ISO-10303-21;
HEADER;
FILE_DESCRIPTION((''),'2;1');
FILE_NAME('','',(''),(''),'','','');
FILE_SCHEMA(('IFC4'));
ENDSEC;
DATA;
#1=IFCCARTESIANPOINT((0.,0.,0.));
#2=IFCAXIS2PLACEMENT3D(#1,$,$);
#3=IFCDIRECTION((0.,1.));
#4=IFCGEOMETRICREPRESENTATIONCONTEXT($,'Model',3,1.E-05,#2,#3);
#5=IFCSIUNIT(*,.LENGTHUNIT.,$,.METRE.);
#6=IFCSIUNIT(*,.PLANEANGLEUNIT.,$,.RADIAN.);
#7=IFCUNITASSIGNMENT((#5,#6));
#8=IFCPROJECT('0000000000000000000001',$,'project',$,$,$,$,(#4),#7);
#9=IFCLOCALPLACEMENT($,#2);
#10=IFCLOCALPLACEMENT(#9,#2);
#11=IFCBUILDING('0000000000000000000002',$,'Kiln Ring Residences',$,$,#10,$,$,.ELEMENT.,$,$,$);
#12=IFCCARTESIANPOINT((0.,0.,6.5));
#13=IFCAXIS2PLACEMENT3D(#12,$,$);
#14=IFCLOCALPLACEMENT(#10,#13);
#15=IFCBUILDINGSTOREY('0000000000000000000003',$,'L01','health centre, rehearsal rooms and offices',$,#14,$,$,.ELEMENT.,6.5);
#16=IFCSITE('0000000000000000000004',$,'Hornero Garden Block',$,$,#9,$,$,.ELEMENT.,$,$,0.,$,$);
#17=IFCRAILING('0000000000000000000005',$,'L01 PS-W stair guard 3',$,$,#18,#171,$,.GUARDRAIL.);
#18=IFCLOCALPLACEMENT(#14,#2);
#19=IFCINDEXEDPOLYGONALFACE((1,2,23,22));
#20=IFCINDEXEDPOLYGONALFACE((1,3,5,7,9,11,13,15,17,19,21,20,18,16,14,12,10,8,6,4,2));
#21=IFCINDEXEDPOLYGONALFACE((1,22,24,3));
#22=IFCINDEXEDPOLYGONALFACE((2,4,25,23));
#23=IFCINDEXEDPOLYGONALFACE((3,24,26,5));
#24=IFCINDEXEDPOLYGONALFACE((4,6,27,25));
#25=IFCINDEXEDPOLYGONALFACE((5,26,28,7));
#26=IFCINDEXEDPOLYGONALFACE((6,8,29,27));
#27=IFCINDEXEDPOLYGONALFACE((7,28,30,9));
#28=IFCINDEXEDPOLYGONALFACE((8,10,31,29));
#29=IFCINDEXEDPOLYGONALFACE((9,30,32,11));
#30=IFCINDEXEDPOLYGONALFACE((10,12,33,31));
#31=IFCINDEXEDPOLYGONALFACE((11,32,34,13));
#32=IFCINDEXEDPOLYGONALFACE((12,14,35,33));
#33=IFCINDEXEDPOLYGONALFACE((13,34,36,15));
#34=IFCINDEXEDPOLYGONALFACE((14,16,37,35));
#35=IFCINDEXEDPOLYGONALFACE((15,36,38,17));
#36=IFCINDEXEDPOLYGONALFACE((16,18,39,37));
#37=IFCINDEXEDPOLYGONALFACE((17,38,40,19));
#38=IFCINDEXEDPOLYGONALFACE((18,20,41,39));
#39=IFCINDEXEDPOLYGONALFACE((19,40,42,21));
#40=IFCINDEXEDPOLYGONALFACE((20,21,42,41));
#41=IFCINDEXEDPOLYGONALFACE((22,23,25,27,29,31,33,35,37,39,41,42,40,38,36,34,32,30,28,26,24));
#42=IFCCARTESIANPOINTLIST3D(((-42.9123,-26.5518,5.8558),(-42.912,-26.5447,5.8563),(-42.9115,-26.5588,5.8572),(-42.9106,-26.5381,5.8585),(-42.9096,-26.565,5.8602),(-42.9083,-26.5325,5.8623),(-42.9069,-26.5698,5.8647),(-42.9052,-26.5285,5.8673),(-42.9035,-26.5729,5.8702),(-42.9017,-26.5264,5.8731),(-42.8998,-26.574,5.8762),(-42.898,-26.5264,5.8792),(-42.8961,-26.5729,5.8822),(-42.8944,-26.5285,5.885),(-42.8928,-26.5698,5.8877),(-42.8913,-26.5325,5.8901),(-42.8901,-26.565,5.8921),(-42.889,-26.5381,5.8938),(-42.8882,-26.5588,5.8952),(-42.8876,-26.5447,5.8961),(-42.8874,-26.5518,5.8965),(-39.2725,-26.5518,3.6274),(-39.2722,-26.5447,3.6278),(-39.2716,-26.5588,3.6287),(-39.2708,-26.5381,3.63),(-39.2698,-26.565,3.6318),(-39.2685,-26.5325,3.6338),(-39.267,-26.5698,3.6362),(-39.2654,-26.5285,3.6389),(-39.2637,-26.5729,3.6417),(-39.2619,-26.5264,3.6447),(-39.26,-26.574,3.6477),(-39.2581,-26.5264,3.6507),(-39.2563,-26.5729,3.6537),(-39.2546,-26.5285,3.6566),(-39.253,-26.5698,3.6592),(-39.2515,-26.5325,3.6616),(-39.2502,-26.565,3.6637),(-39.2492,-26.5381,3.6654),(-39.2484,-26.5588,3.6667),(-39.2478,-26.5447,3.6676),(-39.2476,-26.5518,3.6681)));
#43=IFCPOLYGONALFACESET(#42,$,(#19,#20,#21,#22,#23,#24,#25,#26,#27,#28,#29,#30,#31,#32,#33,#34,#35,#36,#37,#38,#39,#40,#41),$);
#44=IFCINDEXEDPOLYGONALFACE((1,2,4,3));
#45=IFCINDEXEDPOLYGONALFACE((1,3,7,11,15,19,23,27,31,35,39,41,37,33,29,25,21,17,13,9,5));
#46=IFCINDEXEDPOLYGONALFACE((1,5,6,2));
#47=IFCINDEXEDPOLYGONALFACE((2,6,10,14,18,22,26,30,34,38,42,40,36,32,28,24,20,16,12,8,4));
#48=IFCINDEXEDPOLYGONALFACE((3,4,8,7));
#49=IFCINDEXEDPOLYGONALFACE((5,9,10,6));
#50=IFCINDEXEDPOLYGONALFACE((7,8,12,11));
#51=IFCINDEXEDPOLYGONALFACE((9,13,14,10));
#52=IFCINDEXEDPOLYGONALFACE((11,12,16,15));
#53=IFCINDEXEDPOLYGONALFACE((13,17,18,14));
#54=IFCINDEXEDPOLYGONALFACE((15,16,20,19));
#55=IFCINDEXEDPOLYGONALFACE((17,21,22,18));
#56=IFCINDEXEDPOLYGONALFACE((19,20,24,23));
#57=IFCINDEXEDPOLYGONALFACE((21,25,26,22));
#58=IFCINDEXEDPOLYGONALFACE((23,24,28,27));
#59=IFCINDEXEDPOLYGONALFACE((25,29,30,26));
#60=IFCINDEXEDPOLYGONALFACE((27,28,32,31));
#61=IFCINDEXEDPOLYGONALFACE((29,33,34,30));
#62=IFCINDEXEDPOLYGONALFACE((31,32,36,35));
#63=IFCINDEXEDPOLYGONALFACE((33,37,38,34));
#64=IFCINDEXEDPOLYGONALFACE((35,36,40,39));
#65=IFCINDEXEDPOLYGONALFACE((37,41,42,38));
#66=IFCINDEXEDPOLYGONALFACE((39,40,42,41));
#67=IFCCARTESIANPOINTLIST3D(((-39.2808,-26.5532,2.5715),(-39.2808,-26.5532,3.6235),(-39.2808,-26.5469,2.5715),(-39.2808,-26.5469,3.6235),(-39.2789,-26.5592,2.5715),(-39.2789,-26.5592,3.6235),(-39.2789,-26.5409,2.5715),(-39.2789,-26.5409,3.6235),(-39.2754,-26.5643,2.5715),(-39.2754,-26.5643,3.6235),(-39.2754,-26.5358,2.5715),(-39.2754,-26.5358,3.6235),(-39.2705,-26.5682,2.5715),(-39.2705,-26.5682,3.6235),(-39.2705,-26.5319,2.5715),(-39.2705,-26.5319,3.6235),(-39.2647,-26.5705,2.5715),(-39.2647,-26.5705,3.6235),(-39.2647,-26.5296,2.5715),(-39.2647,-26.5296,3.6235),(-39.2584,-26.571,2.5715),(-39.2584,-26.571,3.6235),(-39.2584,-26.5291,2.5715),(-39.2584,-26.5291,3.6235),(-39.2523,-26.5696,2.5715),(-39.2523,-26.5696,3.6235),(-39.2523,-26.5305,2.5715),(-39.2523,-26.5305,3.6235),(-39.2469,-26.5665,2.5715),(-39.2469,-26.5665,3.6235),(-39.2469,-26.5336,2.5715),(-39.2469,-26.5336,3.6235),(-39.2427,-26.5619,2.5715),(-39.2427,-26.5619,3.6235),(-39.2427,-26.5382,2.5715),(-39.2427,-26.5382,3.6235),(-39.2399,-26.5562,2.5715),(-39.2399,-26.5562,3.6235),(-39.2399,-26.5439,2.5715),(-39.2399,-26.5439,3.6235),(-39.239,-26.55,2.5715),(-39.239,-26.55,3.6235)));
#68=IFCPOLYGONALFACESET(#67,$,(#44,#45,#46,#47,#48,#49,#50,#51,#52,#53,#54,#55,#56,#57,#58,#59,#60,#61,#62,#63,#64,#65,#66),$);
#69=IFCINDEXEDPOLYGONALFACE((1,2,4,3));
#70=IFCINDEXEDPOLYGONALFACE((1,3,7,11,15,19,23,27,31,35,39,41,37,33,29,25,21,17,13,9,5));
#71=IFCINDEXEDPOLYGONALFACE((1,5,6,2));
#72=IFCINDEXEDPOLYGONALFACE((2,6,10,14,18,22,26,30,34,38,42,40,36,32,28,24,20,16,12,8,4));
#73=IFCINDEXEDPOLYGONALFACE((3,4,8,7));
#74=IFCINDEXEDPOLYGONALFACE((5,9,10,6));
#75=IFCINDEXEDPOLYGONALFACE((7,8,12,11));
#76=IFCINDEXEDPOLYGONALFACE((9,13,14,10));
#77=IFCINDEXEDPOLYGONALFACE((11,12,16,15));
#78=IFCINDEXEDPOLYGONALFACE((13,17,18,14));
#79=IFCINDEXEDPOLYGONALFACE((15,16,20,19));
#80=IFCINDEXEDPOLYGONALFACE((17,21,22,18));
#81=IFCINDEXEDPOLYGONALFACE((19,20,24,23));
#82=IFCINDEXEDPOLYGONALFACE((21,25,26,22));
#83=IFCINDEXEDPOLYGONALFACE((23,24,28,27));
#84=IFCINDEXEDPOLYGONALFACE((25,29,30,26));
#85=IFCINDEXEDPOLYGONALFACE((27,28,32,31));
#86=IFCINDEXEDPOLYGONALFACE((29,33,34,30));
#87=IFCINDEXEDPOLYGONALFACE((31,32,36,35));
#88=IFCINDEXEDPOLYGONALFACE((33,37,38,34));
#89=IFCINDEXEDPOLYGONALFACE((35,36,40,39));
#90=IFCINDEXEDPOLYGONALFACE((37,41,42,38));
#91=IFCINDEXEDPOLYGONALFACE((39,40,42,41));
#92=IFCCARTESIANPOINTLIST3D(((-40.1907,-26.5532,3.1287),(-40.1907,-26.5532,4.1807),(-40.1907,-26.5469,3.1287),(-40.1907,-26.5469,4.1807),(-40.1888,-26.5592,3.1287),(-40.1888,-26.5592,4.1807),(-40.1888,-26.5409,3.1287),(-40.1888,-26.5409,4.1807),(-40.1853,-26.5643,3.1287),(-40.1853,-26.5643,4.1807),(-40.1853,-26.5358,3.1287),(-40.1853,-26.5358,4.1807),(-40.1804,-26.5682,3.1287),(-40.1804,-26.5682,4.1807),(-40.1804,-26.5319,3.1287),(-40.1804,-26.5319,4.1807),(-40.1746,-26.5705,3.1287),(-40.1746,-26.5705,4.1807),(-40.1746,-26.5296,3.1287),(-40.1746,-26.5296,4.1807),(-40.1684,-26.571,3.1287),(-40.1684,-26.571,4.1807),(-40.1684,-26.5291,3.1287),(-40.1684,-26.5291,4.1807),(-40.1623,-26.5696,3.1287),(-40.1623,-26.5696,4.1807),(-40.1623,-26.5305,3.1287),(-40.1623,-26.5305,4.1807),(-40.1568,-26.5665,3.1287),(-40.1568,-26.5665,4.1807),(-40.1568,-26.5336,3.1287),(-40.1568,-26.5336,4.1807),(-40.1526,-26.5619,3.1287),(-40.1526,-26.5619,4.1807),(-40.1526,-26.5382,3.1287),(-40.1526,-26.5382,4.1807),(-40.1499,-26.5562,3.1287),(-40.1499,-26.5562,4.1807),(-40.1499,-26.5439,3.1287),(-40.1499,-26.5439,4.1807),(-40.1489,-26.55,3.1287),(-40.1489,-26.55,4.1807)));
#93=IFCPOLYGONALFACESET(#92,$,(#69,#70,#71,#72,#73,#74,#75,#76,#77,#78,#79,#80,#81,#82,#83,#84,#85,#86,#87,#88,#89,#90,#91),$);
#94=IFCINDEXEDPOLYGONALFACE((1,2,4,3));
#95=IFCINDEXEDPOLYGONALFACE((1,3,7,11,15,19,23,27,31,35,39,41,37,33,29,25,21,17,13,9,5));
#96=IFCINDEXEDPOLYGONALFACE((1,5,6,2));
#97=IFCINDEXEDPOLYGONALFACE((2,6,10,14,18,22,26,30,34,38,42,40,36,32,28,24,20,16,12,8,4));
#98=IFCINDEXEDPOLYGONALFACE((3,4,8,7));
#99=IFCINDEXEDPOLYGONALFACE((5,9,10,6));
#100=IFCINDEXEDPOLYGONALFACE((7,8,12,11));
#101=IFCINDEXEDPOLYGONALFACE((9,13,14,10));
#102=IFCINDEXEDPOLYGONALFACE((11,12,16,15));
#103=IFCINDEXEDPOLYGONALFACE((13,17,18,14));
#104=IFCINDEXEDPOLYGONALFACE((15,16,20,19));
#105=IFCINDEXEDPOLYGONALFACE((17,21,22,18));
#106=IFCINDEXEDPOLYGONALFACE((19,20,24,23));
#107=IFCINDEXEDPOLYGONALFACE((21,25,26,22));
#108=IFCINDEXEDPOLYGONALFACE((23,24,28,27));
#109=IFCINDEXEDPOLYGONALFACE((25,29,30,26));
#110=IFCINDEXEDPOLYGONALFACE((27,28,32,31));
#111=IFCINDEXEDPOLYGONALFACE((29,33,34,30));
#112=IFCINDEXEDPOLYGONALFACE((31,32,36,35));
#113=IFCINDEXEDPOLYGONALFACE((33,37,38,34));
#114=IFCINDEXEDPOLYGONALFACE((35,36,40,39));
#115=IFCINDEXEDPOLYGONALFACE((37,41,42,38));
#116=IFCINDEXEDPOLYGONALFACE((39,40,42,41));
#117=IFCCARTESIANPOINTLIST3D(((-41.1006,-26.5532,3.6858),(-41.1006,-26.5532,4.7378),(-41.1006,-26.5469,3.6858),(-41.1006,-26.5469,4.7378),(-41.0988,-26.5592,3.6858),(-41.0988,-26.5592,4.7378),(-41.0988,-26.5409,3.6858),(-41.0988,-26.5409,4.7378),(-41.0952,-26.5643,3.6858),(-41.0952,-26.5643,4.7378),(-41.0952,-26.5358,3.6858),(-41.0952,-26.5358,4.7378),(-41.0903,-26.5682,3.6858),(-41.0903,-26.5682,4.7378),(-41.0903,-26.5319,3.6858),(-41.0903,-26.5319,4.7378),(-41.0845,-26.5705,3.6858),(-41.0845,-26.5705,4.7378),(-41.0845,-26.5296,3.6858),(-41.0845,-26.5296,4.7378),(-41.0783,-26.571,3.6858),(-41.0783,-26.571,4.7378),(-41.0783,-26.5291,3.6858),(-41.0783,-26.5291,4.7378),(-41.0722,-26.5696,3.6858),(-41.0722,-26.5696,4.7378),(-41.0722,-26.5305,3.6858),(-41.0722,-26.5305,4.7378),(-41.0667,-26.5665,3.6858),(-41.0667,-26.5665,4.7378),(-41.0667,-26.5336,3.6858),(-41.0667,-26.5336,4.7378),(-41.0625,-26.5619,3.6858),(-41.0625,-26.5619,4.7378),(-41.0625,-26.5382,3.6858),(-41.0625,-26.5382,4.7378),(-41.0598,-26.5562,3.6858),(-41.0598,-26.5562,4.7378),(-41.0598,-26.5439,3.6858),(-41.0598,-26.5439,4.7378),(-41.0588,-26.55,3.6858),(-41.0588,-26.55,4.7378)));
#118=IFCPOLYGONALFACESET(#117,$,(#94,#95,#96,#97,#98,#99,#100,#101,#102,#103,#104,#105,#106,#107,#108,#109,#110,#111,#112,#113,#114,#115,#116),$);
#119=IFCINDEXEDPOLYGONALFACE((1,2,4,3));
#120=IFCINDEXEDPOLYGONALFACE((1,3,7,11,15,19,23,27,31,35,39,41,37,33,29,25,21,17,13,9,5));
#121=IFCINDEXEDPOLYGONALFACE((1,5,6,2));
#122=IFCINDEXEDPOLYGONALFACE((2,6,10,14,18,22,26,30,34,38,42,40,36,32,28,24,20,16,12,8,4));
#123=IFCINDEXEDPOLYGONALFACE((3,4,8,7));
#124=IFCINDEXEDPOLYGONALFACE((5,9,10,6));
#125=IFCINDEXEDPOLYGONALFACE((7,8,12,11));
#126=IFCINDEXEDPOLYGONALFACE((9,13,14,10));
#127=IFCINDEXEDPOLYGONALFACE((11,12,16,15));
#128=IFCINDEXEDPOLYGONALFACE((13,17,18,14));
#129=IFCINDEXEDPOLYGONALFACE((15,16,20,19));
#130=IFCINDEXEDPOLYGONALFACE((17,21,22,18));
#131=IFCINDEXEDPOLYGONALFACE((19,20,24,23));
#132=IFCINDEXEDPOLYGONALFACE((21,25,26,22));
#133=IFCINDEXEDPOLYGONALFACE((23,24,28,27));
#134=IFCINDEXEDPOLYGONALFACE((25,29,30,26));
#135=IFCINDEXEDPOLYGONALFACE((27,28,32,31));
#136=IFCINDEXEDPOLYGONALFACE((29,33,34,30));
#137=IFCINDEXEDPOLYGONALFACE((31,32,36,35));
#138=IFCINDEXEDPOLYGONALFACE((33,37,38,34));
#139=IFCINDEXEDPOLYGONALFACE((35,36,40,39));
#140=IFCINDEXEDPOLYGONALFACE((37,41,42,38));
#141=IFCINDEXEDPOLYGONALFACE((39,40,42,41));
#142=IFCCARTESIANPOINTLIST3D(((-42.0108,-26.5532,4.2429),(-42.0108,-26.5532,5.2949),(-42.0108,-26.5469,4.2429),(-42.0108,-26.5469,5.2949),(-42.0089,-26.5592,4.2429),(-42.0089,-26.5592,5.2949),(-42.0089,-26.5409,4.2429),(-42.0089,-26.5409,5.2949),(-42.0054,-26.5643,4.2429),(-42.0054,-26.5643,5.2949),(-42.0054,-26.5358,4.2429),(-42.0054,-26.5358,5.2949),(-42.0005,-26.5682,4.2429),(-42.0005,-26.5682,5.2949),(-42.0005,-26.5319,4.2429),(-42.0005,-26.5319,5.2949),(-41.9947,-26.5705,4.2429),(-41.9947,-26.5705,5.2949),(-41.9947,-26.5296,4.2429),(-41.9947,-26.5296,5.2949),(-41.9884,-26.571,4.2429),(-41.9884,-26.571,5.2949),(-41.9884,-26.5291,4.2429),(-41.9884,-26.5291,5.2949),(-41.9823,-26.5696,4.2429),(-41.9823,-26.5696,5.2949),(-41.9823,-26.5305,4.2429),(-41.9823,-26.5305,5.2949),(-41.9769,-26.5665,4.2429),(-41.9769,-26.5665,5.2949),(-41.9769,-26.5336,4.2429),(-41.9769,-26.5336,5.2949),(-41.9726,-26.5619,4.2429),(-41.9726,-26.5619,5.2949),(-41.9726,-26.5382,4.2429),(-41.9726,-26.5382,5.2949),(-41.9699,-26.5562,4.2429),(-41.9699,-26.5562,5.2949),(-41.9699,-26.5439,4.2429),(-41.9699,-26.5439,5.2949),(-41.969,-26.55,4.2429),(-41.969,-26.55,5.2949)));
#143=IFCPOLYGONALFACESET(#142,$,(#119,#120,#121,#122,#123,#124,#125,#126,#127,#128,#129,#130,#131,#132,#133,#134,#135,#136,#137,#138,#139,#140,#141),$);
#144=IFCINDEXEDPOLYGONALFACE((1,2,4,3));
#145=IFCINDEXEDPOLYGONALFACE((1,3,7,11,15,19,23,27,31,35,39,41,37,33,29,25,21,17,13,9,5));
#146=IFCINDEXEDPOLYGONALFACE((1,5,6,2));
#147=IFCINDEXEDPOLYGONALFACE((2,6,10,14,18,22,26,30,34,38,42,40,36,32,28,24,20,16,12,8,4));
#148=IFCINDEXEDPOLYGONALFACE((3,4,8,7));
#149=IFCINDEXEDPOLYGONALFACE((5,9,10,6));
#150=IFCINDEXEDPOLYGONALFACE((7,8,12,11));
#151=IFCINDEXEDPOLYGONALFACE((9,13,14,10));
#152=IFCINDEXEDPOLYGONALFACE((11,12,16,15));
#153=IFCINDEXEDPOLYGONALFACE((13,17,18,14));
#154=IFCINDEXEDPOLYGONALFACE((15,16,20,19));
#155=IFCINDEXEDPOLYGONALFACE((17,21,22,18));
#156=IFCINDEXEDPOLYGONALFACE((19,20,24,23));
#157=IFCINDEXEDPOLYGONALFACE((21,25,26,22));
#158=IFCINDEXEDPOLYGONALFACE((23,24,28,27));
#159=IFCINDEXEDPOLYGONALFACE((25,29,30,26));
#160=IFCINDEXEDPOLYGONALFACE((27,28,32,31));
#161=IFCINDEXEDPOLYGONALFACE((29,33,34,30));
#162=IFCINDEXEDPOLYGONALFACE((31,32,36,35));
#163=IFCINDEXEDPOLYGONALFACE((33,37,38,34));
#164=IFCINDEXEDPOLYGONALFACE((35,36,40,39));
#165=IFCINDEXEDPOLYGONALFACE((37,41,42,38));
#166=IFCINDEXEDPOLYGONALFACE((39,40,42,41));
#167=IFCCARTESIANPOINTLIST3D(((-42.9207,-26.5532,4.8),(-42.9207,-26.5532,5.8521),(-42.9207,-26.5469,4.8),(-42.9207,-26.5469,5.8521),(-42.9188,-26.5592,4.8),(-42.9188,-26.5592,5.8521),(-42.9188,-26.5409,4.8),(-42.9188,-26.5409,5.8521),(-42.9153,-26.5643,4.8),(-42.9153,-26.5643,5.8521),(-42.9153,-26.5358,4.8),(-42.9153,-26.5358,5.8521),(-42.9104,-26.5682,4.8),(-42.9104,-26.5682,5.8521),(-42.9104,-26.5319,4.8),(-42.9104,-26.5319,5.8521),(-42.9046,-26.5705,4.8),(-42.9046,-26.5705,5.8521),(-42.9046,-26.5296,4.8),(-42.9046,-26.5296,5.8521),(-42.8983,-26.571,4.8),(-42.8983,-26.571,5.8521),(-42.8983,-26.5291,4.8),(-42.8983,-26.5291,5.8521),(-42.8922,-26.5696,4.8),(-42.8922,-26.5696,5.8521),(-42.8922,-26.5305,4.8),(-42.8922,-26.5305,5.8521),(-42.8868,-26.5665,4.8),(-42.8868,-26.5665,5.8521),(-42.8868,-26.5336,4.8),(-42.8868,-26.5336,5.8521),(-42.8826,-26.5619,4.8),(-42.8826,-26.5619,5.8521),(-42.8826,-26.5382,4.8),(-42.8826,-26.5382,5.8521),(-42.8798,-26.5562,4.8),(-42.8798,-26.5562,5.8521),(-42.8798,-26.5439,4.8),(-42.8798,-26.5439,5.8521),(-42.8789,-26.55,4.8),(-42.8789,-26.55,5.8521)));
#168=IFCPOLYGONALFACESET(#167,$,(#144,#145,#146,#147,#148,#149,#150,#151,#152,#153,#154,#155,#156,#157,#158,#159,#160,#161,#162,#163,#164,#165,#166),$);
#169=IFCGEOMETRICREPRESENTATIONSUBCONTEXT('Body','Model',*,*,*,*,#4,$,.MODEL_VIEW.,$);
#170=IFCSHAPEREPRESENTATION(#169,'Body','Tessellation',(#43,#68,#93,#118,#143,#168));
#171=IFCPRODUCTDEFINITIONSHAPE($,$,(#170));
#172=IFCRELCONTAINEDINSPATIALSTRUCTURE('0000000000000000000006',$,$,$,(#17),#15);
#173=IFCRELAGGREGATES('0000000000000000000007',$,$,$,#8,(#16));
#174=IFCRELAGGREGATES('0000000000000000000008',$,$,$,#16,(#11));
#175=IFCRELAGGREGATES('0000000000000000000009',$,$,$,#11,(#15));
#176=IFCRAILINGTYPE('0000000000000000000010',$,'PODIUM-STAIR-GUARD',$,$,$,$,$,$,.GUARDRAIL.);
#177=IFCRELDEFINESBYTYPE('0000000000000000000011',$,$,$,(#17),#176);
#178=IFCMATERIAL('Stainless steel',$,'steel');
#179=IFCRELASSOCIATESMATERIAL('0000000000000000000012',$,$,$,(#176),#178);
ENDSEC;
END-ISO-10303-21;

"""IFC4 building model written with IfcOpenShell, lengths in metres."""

from ifc_helpers import new_model, si_unit, direction, frame, origin, origin_2d, place, context, subcontext, project, spatial, circle, extrude, material, type_object, element, save


model = new_model("IFC4")

# Units and contexts
model_context = context("Model", 3, precision=1e-05, world=origin(), true_north=direction((0.0, 1.0)))
body_context = subcontext(model_context, "Body", "Model", "MODEL_VIEW")
ifc_project = project(units=[si_unit("LENGTHUNIT", "METRE"), si_unit("PLANEANGLEUNIT", "RADIAN")], contexts=[model_context])

# Site, building, storey
site_placement = place(None, origin())
site = spatial("IfcSite", under=ifc_project, at=site_placement, Name="Hornero Garden Block", CompositionType="ELEMENT", RefElevation=0.0)
building_placement = place(site_placement, origin())
building = spatial("IfcBuilding", under=site, at=building_placement, Name="Kiln Ring Residences", CompositionType="ELEMENT")
storey_placement = place(building_placement, frame((0.0, 0.0, 6.5)))
storey = spatial("IfcBuildingStorey", under=building, at=storey_placement, Name="L01", Description="health centre, rehearsal rooms and offices", CompositionType="ELEMENT", Elevation=6.5)

# Railing
ifc_material_1 = material(Name="Stainless steel", Category="steel")
railing_type_1 = type_object("IfcRailingType", Name="PODIUM-STAIR-GUARD", PredefinedType="GUARDRAIL", material=ifc_material_1)
railing_1_placement = place(storey_placement, frame((-39.26, -26.55, 2.5715)))
element("IfcRailing", 1, at=railing_1_placement, inside=storey, type_object=railing_type_1, Name="L01 PS-W stair guard 3", PredefinedType="GUARDRAIL", context=body_context, shape_type="SweptSolid", body=[
    extrude(circle(Radius=0.0239, at=origin_2d()), frame((0.0, 0.0, 1.0762), z_axis=(-0.85285, 0.0, 0.522156), x_axis=(0.0, -1.0, 0.0)), (0.0, 0.0, 1.0), 4.2678),
    extrude(circle(Radius=0.021, at=origin_2d()), origin(), (0.0, 0.0, 1.0), 1.052),
    extrude(circle(Radius=0.021, at=origin_2d()), frame((-0.9099, 0.0, 0.5571)), (0.0, 0.0, 1.0), 1.052),
    extrude(circle(Radius=0.021, at=origin_2d()), frame((-1.8198, 0.0, 1.1143)), (0.0, 0.0, 1.0), 1.052),
    extrude(circle(Radius=0.021, at=origin_2d()), frame((-2.73, 0.0, 1.6714)), (0.0, 0.0, 1.0), 1.052),
    extrude(circle(Radius=0.021, at=origin_2d()), frame((-3.6399, 0.0, 2.2285)), (0.0, 0.0, 1.0), 1.052),
])

save(model, "model.ifc")
